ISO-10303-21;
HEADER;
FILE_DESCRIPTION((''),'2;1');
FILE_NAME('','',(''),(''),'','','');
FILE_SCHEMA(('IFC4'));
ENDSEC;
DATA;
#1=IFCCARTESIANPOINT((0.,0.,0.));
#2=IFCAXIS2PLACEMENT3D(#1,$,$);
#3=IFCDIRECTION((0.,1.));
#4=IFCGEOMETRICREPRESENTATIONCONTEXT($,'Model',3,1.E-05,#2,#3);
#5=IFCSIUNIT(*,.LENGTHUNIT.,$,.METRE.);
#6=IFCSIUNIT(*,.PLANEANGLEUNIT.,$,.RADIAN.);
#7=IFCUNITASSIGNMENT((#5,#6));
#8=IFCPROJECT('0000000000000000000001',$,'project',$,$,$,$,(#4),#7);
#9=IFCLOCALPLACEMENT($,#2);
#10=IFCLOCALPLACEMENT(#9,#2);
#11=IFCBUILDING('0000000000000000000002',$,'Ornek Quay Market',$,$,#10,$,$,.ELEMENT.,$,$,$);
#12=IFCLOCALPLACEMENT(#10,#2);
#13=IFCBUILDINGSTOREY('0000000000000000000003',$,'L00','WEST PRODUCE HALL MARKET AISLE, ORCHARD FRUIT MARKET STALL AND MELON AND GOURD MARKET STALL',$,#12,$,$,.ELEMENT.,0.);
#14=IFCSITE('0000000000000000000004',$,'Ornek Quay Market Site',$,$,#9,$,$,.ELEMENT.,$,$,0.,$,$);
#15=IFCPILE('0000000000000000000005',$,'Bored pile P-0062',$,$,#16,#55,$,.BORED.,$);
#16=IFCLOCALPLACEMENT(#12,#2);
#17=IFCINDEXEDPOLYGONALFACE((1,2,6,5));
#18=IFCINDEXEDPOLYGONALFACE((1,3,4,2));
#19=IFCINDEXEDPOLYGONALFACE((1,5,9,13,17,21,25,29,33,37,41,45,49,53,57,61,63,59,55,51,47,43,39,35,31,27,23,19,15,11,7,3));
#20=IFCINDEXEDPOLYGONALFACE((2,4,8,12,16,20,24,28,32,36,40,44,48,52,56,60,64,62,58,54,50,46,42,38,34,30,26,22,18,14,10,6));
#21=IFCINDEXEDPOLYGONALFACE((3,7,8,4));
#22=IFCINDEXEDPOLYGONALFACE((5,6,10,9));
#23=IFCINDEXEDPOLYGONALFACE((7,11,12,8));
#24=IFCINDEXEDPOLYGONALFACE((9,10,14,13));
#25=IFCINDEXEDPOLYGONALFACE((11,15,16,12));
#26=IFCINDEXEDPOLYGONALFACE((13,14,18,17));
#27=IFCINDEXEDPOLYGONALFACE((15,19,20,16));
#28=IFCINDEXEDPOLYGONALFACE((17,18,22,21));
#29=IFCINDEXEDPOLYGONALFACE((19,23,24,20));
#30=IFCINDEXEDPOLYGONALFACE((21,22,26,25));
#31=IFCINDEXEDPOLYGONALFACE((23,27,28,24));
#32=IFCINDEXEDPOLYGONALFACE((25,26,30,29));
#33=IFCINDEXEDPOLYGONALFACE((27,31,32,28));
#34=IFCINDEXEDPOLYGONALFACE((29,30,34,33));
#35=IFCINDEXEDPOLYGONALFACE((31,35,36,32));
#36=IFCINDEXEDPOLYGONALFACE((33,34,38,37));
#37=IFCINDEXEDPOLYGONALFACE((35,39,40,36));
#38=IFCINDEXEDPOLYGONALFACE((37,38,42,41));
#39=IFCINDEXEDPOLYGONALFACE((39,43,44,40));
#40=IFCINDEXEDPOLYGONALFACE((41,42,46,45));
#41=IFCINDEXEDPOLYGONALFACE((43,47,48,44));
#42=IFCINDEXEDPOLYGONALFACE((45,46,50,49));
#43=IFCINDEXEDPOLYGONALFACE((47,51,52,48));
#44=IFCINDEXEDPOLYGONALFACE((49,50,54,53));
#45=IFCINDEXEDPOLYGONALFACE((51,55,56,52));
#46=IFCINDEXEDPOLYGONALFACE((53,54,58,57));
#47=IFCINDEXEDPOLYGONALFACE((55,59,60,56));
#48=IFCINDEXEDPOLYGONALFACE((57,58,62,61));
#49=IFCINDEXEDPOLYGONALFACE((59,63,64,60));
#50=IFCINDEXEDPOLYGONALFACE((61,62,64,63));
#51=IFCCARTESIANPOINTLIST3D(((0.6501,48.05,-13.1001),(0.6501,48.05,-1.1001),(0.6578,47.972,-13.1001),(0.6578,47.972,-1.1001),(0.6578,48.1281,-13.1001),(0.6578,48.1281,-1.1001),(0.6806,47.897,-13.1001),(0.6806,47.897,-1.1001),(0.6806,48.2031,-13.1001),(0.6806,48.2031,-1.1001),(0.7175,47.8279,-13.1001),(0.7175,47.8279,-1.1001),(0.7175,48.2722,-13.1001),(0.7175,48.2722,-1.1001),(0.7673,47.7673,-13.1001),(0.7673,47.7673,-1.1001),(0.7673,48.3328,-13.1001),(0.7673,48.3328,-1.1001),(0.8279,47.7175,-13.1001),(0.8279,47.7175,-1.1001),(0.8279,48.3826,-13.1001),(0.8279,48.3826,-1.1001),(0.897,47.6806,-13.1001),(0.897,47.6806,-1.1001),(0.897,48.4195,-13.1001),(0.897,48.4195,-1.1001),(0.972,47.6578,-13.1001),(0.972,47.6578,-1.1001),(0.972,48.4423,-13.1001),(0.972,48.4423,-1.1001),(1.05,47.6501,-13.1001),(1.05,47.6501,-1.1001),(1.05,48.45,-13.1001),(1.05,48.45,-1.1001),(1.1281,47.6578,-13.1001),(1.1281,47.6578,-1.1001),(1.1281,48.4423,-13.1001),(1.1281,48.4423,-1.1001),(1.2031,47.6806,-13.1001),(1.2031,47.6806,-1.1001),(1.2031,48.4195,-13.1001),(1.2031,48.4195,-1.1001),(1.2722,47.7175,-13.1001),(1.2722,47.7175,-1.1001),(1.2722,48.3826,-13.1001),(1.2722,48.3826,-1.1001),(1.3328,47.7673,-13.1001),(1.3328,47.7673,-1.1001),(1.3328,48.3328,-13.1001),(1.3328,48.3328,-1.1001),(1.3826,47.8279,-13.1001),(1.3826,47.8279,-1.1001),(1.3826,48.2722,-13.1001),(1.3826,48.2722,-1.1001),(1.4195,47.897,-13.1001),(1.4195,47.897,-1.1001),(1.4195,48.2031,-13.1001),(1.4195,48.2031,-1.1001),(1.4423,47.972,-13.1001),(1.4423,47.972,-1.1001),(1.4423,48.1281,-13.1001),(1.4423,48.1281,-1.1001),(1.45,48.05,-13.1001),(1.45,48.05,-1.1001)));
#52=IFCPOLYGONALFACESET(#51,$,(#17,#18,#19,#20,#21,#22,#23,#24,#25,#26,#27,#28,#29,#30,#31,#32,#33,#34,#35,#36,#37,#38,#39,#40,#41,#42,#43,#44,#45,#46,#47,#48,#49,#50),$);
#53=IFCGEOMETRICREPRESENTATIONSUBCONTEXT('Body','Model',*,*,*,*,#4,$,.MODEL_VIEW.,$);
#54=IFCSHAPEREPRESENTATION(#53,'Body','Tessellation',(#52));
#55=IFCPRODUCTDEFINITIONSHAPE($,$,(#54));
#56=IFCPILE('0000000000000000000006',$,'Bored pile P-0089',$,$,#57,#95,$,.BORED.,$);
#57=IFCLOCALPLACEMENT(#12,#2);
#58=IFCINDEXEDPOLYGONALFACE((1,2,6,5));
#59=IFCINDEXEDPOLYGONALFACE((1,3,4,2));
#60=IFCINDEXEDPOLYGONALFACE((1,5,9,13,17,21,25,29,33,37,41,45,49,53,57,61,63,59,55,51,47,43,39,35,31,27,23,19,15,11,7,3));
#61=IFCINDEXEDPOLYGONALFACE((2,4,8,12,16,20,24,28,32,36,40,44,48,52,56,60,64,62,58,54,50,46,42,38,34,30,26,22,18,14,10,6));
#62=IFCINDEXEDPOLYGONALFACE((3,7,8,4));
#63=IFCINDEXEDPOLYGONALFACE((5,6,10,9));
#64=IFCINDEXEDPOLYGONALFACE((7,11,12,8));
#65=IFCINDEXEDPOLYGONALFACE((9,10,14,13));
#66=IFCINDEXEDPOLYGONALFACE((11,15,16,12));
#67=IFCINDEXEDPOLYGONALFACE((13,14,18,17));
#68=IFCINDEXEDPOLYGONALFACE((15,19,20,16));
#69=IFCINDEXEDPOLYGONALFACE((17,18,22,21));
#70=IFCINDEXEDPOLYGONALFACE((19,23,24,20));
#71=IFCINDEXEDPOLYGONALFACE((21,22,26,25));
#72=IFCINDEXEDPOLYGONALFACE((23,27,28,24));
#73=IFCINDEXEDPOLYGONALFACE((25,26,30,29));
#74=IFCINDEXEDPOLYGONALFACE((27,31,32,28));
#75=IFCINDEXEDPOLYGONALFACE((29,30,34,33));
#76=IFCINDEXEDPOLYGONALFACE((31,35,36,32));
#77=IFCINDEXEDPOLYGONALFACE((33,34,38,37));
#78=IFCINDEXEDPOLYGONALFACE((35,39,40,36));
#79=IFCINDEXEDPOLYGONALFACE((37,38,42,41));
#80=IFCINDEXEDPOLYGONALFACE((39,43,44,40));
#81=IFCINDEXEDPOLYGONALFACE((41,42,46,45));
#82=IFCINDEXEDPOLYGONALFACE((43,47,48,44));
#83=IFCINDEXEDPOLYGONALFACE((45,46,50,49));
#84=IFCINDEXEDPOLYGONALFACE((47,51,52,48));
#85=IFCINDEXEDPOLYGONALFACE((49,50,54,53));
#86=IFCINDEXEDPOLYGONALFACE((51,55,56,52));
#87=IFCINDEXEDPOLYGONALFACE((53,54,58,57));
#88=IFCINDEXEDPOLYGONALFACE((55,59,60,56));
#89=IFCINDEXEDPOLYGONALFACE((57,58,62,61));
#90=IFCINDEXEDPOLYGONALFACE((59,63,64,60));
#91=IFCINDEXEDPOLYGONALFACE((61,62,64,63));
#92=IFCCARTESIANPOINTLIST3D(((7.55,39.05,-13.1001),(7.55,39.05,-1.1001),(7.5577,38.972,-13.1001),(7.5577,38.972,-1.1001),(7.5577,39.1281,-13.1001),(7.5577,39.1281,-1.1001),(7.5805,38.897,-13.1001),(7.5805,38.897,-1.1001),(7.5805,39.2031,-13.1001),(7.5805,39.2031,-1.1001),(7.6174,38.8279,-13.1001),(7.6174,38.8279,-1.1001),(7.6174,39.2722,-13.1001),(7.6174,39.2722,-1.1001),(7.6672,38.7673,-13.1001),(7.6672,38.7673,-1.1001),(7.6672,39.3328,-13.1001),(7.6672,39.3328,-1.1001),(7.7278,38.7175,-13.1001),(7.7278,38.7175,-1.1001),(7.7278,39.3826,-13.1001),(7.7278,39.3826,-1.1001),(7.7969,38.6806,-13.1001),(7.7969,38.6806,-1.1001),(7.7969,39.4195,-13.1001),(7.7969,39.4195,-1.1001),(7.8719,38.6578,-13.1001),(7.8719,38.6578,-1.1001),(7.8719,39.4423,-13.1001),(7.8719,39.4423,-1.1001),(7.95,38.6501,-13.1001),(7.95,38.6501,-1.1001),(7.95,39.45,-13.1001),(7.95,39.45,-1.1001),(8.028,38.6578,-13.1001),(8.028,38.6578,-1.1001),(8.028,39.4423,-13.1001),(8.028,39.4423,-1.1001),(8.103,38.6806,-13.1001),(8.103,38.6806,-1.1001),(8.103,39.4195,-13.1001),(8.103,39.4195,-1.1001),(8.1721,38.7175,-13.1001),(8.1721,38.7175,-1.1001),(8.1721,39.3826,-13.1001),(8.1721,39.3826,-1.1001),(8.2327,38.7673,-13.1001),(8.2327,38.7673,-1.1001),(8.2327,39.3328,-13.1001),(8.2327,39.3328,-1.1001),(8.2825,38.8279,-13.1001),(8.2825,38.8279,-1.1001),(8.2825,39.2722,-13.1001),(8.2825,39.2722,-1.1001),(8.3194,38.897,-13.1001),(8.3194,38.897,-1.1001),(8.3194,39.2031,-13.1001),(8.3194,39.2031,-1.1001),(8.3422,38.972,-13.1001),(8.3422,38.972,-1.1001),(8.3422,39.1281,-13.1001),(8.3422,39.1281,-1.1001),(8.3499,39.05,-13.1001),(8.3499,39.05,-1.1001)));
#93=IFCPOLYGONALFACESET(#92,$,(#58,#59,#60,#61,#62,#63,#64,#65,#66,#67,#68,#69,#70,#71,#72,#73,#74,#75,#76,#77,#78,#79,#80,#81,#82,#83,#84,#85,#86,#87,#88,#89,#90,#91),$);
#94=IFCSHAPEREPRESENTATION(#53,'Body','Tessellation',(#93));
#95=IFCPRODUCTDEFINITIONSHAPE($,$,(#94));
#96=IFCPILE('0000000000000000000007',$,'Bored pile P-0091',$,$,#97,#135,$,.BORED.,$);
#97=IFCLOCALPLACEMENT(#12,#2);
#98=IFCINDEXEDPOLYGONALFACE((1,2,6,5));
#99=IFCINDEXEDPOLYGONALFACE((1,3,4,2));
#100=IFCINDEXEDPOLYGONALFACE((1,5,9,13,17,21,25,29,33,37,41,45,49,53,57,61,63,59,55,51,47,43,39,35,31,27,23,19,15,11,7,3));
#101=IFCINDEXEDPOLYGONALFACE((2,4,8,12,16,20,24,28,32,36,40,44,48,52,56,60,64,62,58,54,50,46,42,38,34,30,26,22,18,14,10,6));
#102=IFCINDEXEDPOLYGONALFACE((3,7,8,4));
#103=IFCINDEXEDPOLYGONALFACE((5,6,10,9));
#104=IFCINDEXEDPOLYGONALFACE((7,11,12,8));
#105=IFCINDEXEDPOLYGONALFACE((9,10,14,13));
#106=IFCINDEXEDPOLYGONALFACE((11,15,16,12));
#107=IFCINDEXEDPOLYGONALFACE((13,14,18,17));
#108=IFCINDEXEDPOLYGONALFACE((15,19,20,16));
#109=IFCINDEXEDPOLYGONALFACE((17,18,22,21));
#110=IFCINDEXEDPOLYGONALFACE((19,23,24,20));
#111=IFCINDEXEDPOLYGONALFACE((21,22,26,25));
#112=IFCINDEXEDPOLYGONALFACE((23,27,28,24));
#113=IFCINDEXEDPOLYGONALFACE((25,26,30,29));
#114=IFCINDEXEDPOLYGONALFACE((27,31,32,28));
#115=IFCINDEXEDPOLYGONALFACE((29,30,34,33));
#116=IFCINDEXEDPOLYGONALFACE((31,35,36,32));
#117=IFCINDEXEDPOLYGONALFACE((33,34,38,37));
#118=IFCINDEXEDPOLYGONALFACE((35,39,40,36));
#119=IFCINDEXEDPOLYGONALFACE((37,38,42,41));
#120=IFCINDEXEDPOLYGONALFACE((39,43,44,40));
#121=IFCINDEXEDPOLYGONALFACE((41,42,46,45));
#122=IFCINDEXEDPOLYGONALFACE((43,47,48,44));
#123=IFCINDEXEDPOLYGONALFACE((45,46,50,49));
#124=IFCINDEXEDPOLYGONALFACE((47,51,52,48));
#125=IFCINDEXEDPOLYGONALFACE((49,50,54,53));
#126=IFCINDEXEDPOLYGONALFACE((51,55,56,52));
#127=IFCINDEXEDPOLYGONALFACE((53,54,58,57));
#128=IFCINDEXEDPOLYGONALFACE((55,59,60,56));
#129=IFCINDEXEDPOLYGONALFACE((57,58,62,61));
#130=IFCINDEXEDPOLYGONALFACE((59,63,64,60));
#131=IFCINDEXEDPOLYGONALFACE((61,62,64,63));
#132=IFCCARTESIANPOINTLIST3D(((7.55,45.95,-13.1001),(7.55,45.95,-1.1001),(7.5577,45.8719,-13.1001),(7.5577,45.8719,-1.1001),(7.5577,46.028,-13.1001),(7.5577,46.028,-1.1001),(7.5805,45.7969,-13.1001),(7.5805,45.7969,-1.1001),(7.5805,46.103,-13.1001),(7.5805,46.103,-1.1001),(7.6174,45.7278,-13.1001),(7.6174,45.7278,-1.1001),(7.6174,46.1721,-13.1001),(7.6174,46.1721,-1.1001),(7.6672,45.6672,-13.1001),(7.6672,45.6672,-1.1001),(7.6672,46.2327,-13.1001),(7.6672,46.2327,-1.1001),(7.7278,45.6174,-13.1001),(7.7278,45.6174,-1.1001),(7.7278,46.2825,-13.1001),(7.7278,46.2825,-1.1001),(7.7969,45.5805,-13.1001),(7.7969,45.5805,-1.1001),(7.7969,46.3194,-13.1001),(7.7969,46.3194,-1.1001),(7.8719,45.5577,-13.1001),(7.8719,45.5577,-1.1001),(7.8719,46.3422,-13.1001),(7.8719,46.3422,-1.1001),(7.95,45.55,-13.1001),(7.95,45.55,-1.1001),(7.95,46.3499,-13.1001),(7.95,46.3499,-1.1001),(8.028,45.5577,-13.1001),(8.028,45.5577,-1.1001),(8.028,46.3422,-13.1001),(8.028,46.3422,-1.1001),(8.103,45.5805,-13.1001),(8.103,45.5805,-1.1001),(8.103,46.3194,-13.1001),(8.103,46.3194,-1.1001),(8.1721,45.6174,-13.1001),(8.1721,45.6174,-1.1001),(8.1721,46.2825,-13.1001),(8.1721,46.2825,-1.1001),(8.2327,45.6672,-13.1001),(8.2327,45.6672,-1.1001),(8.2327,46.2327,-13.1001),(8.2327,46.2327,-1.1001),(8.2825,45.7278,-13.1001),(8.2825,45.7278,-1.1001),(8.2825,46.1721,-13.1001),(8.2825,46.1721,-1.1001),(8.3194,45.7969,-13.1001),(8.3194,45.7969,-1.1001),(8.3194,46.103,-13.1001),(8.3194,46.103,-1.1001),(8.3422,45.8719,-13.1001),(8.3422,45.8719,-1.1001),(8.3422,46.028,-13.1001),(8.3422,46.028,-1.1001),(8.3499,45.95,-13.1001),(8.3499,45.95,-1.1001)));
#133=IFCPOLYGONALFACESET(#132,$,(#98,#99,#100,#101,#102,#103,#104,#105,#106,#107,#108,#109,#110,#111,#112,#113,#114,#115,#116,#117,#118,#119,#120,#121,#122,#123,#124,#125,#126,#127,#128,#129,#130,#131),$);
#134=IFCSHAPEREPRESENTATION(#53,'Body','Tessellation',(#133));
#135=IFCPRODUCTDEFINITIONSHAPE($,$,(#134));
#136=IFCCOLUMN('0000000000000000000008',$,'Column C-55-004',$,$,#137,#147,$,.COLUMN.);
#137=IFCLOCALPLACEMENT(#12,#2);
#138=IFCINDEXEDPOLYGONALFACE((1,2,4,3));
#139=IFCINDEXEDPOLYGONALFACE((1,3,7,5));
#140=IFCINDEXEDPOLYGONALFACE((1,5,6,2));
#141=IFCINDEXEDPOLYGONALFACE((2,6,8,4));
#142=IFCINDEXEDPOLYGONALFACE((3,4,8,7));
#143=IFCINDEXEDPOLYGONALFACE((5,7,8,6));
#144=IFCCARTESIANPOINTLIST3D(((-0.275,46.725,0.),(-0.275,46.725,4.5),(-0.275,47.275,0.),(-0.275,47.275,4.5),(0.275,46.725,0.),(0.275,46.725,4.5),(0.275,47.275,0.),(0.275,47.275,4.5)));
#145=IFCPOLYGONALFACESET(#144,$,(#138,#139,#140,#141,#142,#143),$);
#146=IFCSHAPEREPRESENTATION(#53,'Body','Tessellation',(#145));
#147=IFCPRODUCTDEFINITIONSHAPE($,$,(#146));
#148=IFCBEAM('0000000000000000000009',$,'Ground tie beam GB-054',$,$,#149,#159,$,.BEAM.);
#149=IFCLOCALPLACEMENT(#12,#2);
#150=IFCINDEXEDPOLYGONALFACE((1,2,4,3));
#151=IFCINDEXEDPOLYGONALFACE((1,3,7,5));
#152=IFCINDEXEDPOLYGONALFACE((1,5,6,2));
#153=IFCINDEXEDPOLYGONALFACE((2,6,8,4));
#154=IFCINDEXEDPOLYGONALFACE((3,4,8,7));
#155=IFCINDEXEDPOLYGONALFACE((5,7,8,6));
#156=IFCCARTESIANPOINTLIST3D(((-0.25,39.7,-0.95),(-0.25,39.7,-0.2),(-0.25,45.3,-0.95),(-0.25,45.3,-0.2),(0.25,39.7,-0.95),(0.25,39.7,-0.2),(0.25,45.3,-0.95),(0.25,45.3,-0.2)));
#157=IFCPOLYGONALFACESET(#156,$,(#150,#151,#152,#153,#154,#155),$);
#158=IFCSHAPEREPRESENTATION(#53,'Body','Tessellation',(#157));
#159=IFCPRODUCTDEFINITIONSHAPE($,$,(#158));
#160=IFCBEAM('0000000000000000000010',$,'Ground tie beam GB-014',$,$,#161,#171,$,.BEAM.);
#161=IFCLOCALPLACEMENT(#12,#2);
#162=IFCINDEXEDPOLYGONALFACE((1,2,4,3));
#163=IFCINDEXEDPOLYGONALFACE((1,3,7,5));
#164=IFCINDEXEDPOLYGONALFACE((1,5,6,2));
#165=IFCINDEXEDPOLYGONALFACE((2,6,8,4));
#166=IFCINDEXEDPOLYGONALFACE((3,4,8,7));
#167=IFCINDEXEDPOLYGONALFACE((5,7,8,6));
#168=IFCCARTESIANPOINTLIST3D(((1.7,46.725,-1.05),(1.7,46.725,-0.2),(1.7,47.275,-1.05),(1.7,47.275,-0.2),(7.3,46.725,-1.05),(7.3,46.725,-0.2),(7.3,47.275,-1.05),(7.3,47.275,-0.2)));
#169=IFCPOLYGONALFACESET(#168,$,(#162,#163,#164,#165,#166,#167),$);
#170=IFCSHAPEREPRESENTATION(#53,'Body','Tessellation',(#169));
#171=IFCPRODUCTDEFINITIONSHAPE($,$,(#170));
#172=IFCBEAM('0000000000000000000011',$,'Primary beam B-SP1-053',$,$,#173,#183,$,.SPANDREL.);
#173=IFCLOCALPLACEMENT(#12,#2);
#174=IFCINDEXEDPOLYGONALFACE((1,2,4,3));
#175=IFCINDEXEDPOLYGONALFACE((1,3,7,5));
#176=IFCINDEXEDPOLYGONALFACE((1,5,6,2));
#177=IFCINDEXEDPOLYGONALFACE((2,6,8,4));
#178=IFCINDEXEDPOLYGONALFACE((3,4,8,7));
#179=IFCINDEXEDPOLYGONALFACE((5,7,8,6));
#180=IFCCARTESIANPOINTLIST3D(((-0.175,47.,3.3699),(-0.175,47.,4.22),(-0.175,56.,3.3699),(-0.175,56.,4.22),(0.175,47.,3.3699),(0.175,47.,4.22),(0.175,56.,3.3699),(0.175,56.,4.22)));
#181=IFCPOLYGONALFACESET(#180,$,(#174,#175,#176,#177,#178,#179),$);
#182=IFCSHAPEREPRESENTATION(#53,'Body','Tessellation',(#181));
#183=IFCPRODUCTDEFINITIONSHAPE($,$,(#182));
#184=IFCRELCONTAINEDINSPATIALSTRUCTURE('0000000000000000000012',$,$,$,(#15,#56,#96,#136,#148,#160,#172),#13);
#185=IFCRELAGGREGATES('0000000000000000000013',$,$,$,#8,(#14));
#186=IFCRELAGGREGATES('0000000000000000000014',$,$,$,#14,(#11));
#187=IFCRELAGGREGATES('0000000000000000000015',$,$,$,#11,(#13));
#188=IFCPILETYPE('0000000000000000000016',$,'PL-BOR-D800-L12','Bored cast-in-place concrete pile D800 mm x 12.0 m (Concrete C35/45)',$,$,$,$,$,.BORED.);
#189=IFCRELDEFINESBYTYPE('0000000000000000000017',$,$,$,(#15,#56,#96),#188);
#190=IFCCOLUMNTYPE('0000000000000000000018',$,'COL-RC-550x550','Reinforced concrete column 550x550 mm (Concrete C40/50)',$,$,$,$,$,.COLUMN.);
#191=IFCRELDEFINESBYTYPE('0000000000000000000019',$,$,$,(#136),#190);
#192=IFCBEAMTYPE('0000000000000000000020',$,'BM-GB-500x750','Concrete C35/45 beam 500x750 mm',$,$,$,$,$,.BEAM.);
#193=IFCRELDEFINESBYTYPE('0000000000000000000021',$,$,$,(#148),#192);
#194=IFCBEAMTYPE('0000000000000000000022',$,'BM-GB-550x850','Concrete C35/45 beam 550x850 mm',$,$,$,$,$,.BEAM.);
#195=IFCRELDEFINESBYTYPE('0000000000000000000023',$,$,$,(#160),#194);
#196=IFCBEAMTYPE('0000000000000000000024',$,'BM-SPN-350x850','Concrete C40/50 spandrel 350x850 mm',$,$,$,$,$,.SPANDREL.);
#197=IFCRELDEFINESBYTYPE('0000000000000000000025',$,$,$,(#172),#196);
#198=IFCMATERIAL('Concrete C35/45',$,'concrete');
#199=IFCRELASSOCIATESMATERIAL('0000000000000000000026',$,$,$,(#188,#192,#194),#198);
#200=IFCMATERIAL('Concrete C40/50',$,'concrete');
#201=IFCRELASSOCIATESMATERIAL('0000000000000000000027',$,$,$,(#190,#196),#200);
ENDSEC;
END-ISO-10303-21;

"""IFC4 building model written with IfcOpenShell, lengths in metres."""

from ifc_helpers import new_model, si_unit, direction, frame, origin, origin_2d, place, context, subcontext, project, spatial, rectangle, circle, extrude, material, material_profile, profile_set, type_object, element, save


model = new_model("IFC4")

# Units and contexts
model_context = context("Model", 3, precision=1e-05, world=origin(), true_north=direction((0.0, 1.0)))
body_context = subcontext(model_context, "Body", "Model", "MODEL_VIEW")
ifc_project = project(units=[si_unit("LENGTHUNIT", "METRE"), si_unit("PLANEANGLEUNIT", "RADIAN")], contexts=[model_context])

# Site, building, storey
site_placement = place(None, origin())
site = spatial("IfcSite", under=ifc_project, at=site_placement, Name="Ornek Quay Market Site", CompositionType="ELEMENT", RefElevation=0.0)
building_placement = place(site_placement, origin())
building = spatial("IfcBuilding", under=site, at=building_placement, Name="Ornek Quay Market", CompositionType="ELEMENT")
storey_placement = place(building_placement, origin())
storey = spatial("IfcBuildingStorey", under=building, at=storey_placement, Name="L00", Description="WEST PRODUCE HALL MARKET AISLE, ORCHARD FRUIT MARKET STALL AND MELON AND GOURD MARKET STALL", CompositionType="ELEMENT", Elevation=0.0)

# Piles
ifc_material_1 = material(Name="Concrete C35/45", Category="concrete")
ifc_material_profile_1 = material_profile(ifc_material_1, circle(Radius=0.3999, at=origin_2d()), Name="PILE D800", Category="concrete")
ifc_profile_set_1 = profile_set([ifc_material_profile_1], Name="Concrete C35/45")
pile_type = type_object("IfcPileType", Name="PL-BOR-D800-L12", Description="Bored cast-in-place concrete pile D800 mm x 12.0 m (Concrete C35/45)", PredefinedType="BORED", material=ifc_profile_set_1)
for number, where, z_axis, x_axis, name in (
    (1, (1.05, 48.05, -1.1001), (0.0, 0.0, -1.0), (1.0, 0.0, 0.0), "Bored pile P-0062"),
    (2, (7.95, 39.05, -1.1001), (0.0, 0.0, -1.0), (1.0, 0.0, 0.0), "Bored pile P-0089"),
    (3, (7.95, 45.95, -1.1001), (0.0, 0.0, -1.0), (1.0, 0.0, 0.0), "Bored pile P-0091"),
):
    element("IfcPile", number, at=place(storey_placement, frame(where, z_axis=z_axis, x_axis=x_axis)), inside=storey, type_object=pile_type, Name=name, PredefinedType="BORED", context=body_context, shape_type="SweptSolid", body=[
        extrude(circle(Radius=0.3999, at=origin_2d()), origin(), (0.0, 0.0, 1.0), 12.0),
    ])

# Column
ifc_material_2 = material(Name="Concrete C40/50", Category="concrete")
ifc_material_profile_2 = material_profile(ifc_material_2, rectangle(XDim=0.55, YDim=0.55, at=origin_2d()), Name="RC 550x550", Category="concrete")
ifc_profile_set_2 = profile_set([ifc_material_profile_2], Name="Concrete C40/50")
column_type = type_object("IfcColumnType", Name="COL-RC-550x550", Description="Reinforced concrete column 550x550 mm (Concrete C40/50)", PredefinedType="COLUMN", material=ifc_profile_set_2)
column_placement = place(storey_placement, frame((0.0, 47.0, 0.0), z_axis=(0.0, 0.0, 1.0), x_axis=(1.0, 0.0, 0.0)))
element("IfcColumn", 4, at=column_placement, inside=storey, type_object=column_type, Name="Column C-55-004", PredefinedType="COLUMN", context=body_context, shape_type="SweptSolid", body=[
    extrude(rectangle(XDim=0.55, YDim=0.55, at=origin_2d()), origin(), (0.0, 0.0, 1.0), 4.5),
])

# Beams
ifc_material_profile_3 = material_profile(ifc_material_1, rectangle(XDim=0.5, YDim=0.75, at=origin_2d()), Name="RC 500x750", Category="concrete")
ifc_profile_set_3 = profile_set([ifc_material_profile_3], Name="Concrete C35/45")
beam_type_1 = type_object("IfcBeamType", Name="BM-GB-500x750", Description="Concrete C35/45 beam 500x750 mm", PredefinedType="BEAM", material=ifc_profile_set_3)
beam_1_placement = place(storey_placement, frame((0.0, 39.7, -0.575), z_axis=(0.0, 1.0, 0.0), x_axis=(-1.0, 0.0, 0.0)))
element("IfcBeam", 5, at=beam_1_placement, inside=storey, type_object=beam_type_1, Name="Ground tie beam GB-054", PredefinedType="BEAM", context=body_context, shape_type="SweptSolid", body=[
    extrude(rectangle(XDim=0.5, YDim=0.75, at=origin_2d()), origin(), (0.0, 0.0, 1.0), 5.6001),
])
ifc_material_profile_4 = material_profile(ifc_material_1, rectangle(XDim=0.55, YDim=0.8501, at=origin_2d()), Name="RC 550x850", Category="concrete")
ifc_profile_set_4 = profile_set([ifc_material_profile_4], Name="Concrete C35/45")
beam_type_2 = type_object("IfcBeamType", Name="BM-GB-550x850", Description="Concrete C35/45 beam 550x850 mm", PredefinedType="BEAM", material=ifc_profile_set_4)
beam_2_placement = place(storey_placement, frame((1.7, 47.0, -0.625), z_axis=(1.0, 0.0, 0.0), x_axis=(0.0, 1.0, 0.0)))
element("IfcBeam", 6, at=beam_2_placement, inside=storey, type_object=beam_type_2, Name="Ground tie beam GB-014", PredefinedType="BEAM", context=body_context, shape_type="SweptSolid", body=[
    extrude(rectangle(XDim=0.55, YDim=0.8501, at=origin_2d()), origin(), (0.0, 0.0, 1.0), 5.6001),
])
ifc_material_profile_5 = material_profile(ifc_material_2, rectangle(XDim=0.3501, YDim=0.8501, at=origin_2d()), Name="RC 350x850", Category="concrete")
ifc_profile_set_5 = profile_set([ifc_material_profile_5], Name="Concrete C40/50")
beam_type_3 = type_object("IfcBeamType", Name="BM-SPN-350x850", Description="Concrete C40/50 spandrel 350x850 mm", PredefinedType="SPANDREL", material=ifc_profile_set_5)
beam_3_placement = place(storey_placement, frame((0.0, 47.0, 3.7949), z_axis=(0.0, 1.0, 0.0), x_axis=(-1.0, 0.0, 0.0)))
element("IfcBeam", 7, at=beam_3_placement, inside=storey, type_object=beam_type_3, Name="Primary beam B-SP1-053", PredefinedType="SPANDREL", context=body_context, shape_type="SweptSolid", body=[
    extrude(rectangle(XDim=0.3501, YDim=0.8501, at=origin_2d()), origin(), (0.0, 0.0, 1.0), 9.0),
])

save(model, "model.ifc")
